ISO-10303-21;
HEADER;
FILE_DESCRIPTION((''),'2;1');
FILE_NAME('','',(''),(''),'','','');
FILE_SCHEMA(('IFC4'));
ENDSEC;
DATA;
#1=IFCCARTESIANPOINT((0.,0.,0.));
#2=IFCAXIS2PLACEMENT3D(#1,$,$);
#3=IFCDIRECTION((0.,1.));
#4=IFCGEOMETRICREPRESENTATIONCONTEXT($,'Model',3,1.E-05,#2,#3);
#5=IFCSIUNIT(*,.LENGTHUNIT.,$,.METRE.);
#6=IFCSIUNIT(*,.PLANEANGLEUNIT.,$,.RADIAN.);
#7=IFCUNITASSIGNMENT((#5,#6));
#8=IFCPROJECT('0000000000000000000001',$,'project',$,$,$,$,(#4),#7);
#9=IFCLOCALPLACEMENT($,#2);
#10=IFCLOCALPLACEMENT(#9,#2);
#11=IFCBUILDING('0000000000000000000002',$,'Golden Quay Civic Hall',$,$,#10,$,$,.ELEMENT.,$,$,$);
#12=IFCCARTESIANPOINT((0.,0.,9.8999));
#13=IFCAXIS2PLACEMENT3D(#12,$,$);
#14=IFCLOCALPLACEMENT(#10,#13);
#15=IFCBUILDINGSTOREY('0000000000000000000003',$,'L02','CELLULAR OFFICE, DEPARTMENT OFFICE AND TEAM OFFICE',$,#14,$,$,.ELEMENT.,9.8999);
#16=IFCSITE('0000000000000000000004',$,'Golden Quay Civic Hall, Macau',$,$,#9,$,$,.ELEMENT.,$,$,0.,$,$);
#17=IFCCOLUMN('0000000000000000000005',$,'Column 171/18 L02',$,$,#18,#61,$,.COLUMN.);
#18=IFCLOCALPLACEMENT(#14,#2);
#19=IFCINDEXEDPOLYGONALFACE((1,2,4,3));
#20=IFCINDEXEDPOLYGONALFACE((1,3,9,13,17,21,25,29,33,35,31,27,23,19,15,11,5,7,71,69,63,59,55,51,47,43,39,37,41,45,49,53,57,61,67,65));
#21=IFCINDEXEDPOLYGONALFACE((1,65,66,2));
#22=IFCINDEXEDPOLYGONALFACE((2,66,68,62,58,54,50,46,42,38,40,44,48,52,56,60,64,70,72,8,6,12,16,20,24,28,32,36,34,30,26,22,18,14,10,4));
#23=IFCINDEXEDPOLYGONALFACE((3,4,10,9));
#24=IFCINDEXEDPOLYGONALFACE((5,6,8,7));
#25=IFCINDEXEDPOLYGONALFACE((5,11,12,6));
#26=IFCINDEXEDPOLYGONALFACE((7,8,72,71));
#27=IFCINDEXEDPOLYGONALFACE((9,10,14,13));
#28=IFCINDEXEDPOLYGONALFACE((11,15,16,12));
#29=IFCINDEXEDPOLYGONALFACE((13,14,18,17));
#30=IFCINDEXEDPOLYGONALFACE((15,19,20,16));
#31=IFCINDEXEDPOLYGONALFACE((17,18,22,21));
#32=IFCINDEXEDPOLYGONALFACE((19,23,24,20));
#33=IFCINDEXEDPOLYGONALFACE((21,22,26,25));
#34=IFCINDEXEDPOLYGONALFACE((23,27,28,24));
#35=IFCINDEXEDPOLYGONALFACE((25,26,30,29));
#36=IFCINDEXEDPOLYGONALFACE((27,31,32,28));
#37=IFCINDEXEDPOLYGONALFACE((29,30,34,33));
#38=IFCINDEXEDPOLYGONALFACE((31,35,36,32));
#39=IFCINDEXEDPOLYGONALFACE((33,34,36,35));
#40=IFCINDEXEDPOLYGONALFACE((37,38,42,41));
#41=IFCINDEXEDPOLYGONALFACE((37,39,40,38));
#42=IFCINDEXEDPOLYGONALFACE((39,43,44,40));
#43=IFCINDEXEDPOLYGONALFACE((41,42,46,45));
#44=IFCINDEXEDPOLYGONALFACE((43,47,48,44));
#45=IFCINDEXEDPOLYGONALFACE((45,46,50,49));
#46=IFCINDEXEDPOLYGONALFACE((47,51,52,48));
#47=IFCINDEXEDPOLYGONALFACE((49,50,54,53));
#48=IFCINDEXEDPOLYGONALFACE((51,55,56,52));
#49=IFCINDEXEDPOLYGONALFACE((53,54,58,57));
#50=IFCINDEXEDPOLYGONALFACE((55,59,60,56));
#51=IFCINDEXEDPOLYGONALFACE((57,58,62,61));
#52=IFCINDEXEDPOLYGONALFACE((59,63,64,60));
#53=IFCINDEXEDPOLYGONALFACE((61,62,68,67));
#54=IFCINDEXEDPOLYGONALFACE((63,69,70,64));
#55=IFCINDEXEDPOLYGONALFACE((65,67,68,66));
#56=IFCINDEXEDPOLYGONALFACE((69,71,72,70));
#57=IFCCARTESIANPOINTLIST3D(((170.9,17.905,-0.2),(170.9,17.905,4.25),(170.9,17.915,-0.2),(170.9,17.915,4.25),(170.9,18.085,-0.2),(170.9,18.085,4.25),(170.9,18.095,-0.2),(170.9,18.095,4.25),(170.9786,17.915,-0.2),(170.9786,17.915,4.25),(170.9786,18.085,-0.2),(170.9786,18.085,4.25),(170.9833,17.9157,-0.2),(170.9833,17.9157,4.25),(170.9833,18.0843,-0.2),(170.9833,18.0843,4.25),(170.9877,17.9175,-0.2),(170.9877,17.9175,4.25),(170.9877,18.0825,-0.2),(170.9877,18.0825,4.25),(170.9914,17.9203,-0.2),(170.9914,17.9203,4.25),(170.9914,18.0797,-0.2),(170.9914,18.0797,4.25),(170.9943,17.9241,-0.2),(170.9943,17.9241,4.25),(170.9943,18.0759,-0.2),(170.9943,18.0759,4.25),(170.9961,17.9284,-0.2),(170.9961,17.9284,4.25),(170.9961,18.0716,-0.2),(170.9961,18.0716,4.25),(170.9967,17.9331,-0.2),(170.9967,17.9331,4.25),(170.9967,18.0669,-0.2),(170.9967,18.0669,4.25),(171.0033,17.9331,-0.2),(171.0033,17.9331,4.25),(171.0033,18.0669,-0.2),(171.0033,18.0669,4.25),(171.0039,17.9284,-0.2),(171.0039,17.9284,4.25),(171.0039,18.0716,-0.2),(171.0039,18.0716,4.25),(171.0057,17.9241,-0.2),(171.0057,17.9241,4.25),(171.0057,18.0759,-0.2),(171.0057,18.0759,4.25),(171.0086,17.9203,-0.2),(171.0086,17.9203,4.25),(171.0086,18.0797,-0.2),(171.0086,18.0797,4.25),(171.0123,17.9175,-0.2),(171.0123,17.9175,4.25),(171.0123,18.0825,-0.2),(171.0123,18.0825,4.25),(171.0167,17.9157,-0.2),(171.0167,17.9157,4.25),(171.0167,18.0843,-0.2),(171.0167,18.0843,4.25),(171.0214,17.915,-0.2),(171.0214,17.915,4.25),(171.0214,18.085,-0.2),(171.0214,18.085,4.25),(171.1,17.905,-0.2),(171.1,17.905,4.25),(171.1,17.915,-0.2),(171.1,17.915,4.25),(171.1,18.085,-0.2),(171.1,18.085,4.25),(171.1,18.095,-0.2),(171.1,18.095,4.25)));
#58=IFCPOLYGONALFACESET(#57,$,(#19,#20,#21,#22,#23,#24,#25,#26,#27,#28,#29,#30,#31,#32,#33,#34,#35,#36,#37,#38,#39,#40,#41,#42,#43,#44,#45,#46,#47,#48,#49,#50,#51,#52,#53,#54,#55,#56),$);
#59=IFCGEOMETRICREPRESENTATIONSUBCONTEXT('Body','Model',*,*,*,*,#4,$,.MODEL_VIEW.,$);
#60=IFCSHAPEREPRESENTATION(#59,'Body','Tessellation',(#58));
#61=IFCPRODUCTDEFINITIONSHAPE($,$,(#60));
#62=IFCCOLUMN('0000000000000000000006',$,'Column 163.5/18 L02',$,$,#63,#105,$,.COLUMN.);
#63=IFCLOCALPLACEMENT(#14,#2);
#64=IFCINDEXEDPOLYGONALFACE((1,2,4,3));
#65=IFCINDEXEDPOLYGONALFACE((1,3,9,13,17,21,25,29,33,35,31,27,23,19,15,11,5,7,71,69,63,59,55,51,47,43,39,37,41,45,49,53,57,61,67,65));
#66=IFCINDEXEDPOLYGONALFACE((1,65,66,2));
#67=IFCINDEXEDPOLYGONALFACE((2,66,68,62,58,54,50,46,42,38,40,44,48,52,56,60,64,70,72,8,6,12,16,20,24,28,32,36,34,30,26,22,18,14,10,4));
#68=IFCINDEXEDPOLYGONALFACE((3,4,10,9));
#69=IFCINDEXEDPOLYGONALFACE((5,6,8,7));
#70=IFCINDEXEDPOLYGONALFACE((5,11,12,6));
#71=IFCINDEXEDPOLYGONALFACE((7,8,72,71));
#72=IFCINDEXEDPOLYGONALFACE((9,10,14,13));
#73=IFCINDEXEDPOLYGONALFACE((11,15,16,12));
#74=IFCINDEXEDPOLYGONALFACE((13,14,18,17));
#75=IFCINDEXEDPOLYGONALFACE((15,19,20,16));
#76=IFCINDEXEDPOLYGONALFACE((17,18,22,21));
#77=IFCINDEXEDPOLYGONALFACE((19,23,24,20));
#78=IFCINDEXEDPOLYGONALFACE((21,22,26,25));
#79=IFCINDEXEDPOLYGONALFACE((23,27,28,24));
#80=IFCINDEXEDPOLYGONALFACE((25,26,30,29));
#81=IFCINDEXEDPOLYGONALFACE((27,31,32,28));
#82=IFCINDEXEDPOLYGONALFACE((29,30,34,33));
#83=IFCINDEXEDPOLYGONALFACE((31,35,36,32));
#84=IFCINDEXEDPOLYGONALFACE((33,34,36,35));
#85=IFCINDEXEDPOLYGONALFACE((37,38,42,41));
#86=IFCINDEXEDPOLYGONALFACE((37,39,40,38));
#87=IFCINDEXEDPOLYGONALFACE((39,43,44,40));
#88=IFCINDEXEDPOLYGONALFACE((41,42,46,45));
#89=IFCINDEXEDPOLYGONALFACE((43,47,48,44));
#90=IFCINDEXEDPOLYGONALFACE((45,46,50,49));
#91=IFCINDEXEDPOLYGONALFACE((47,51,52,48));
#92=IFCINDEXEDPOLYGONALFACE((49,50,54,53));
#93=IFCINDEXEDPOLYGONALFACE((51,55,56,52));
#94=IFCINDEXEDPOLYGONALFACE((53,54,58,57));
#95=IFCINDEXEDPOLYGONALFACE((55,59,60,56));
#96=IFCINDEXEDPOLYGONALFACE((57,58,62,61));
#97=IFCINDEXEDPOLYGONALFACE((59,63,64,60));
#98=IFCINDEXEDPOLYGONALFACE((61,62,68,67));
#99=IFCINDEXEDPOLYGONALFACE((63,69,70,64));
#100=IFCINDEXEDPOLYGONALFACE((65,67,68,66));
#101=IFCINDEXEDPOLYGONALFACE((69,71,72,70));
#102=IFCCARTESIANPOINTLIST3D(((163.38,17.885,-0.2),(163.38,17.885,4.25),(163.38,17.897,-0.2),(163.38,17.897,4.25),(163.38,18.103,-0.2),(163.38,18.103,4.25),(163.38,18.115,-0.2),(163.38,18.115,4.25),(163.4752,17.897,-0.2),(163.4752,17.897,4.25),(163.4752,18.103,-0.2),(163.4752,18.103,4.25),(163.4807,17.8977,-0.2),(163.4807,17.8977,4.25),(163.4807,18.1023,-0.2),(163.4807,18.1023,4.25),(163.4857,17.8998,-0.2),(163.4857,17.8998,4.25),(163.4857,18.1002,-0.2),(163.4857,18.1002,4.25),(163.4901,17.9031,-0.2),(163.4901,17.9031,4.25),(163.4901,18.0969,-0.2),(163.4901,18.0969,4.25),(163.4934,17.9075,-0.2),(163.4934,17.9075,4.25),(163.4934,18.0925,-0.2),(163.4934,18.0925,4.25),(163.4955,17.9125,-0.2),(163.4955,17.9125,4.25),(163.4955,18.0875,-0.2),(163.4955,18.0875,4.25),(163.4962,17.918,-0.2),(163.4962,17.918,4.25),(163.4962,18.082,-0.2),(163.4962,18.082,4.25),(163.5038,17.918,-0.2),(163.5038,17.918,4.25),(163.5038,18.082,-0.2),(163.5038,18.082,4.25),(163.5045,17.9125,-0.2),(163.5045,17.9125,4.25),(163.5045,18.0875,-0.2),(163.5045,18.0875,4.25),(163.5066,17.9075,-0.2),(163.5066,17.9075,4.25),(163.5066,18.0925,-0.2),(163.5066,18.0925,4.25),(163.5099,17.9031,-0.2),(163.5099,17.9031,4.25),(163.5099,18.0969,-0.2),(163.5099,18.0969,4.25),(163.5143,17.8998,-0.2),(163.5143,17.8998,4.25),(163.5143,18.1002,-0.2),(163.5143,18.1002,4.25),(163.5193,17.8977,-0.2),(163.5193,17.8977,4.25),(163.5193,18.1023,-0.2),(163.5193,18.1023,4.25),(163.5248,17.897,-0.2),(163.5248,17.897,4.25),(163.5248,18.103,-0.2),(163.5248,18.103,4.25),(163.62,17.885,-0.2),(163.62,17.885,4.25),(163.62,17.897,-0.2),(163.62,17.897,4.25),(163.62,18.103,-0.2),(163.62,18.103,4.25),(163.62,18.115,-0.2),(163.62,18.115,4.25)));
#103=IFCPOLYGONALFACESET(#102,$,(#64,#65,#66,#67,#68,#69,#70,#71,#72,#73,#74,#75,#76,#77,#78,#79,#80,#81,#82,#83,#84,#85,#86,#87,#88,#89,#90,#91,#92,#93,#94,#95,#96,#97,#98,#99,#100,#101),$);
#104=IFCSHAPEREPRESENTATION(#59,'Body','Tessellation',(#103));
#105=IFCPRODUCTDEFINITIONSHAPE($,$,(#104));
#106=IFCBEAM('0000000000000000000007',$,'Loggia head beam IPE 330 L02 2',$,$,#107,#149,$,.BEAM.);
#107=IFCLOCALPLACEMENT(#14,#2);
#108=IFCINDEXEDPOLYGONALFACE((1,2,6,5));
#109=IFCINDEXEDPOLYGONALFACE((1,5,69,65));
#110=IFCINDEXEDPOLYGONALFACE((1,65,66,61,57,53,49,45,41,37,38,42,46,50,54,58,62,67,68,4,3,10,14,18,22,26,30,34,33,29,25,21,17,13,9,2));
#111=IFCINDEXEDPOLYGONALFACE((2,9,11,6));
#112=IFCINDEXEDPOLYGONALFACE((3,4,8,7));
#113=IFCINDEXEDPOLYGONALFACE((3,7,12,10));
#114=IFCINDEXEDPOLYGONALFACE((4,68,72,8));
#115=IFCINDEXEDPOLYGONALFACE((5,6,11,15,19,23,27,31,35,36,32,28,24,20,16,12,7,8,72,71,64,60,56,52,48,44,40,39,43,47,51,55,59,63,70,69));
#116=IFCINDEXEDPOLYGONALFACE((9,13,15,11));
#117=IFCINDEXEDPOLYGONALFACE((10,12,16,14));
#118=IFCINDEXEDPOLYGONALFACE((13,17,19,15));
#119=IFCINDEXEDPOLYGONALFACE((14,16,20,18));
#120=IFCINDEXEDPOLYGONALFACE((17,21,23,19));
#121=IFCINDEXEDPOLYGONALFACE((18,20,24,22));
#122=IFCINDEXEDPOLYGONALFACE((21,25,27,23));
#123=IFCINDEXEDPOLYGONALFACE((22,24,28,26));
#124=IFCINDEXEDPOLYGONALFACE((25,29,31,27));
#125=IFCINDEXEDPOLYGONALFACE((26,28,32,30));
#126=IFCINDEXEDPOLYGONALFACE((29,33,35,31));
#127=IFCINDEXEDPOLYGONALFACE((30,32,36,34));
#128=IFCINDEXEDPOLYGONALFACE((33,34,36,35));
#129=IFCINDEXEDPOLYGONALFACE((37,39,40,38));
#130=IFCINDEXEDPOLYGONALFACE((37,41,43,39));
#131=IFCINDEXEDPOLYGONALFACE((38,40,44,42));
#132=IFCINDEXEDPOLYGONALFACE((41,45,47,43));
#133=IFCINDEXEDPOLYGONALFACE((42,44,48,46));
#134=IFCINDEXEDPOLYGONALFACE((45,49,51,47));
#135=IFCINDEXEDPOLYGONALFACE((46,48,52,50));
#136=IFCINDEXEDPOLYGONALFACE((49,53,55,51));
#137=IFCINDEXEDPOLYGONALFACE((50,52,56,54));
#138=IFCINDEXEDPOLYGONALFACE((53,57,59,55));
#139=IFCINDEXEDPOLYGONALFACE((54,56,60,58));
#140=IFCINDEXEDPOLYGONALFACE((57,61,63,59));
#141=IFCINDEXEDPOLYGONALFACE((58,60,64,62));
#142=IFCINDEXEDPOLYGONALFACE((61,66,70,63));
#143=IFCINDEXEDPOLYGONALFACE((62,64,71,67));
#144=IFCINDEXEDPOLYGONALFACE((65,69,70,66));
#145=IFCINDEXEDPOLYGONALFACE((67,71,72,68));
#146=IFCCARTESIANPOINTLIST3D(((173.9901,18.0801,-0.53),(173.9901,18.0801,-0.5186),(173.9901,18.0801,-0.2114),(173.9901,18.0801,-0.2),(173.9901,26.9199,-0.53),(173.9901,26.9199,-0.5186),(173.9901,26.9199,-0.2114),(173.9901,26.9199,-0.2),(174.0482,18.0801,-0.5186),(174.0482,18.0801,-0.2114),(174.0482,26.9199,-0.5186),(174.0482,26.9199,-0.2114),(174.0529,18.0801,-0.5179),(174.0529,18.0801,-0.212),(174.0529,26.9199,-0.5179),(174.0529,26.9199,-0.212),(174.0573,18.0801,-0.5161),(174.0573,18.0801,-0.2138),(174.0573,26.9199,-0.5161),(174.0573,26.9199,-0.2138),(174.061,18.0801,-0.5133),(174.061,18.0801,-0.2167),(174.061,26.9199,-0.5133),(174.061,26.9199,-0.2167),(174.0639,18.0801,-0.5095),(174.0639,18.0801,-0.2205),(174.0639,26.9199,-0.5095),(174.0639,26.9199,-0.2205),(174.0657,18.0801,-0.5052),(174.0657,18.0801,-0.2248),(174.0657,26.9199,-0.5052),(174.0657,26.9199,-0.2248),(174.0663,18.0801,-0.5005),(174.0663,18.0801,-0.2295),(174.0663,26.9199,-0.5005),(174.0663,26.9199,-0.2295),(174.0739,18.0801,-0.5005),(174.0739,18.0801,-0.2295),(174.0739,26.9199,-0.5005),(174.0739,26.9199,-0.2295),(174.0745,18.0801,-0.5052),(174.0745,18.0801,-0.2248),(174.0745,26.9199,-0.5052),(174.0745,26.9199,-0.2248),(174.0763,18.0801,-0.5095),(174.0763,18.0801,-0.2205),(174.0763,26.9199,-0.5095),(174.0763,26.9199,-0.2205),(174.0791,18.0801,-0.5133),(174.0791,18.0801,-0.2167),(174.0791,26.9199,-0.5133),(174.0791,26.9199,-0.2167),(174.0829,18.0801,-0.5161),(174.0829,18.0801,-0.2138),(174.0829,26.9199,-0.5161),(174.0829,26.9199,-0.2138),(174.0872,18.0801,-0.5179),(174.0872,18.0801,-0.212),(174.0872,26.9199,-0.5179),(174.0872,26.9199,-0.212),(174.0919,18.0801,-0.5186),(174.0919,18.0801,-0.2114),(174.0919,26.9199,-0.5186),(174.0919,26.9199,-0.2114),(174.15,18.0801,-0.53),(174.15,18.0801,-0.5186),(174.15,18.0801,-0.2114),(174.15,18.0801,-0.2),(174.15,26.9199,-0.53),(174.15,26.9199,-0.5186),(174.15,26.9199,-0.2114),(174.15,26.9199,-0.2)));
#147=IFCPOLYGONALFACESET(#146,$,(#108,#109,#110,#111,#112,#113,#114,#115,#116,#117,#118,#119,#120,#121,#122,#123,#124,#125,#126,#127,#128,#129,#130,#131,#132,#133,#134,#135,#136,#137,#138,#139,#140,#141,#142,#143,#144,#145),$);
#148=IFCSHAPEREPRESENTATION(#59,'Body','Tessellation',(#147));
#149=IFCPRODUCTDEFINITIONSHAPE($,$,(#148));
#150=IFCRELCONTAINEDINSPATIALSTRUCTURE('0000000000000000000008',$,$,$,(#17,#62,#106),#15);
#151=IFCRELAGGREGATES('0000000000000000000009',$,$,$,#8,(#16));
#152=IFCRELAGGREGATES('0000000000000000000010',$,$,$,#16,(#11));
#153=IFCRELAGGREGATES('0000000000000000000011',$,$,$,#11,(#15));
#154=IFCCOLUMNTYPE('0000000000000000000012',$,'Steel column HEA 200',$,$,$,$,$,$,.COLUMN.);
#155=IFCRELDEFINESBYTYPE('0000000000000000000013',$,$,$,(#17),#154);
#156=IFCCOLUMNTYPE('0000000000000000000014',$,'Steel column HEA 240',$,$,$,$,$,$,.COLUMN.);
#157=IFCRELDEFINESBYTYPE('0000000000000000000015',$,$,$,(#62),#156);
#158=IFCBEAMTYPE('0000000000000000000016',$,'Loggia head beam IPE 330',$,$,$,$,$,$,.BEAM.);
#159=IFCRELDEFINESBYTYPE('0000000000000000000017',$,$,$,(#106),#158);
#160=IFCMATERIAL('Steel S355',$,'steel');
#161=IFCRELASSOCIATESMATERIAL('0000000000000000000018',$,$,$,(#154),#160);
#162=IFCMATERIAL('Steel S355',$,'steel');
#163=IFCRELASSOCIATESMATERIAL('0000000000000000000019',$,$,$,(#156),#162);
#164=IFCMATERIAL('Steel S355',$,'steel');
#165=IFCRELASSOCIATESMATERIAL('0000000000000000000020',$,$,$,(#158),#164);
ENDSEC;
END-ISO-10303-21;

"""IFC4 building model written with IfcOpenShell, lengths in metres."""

from ifc_helpers import new_model, si_unit, direction, frame, origin, origin_2d, place, context, subcontext, project, spatial, i_section, extrude, material, material_profile, profile_set, type_object, element, save


model = new_model("IFC4")

# Units and contexts
model_context = context("Model", 3, precision=1e-05, world=origin(), true_north=direction((0.0, 1.0)))
body_context = subcontext(model_context, "Body", "Model", "MODEL_VIEW")
ifc_project = project(units=[si_unit("LENGTHUNIT", "METRE"), si_unit("PLANEANGLEUNIT", "RADIAN")], contexts=[model_context])

# Site, building, storey
site_placement = place(None, origin())
site = spatial("IfcSite", under=ifc_project, at=site_placement, Name="Golden Quay Civic Hall, Macau", CompositionType="ELEMENT", RefElevation=0.0)
building_placement = place(site_placement, origin())
building = spatial("IfcBuilding", under=site, at=building_placement, Name="Golden Quay Civic Hall", CompositionType="ELEMENT")
storey_placement = place(building_placement, frame((0.0, 0.0, 9.8999)))
storey = spatial("IfcBuildingStorey", under=building, at=storey_placement, Name="L02", Description="CELLULAR OFFICE, DEPARTMENT OFFICE AND TEAM OFFICE", CompositionType="ELEMENT", Elevation=9.8999)

# Columns
ifc_material_1 = material(Name="Steel S355", Category="steel")
ifc_material_profile_1 = material_profile(ifc_material_1, i_section(OverallWidth=0.2, OverallDepth=0.1899, WebThickness=0.0066, FlangeThickness=0.01, FilletRadius=0.0181, at=origin_2d()), Name="HEA 200")
ifc_profile_set_1 = profile_set([ifc_material_profile_1], Name="Steel S355")
column_type_1 = type_object("IfcColumnType", Name="Steel column HEA 200", PredefinedType="COLUMN", material=ifc_profile_set_1)
column_1_placement = place(storey_placement, frame((171.0, 18.0, -0.2), z_axis=(0.0, 0.0, 1.0), x_axis=(1.0, 0.0, 0.0)))
element("IfcColumn", 1, at=column_1_placement, inside=storey, type_object=column_type_1, Name="Column 171/18 L02", PredefinedType="COLUMN", context=body_context, shape_type="SweptSolid", body=[
    extrude(i_section(OverallWidth=0.2, OverallDepth=0.1899, WebThickness=0.0066, FlangeThickness=0.01, FilletRadius=0.0181, at=origin_2d()), origin(), (0.0, 0.0, 1.0), 4.45),
])
ifc_material_2 = material(Name="Steel S355", Category="steel")
ifc_material_profile_2 = material_profile(ifc_material_2, i_section(OverallWidth=0.24, OverallDepth=0.23, WebThickness=0.0076, FlangeThickness=0.012, FilletRadius=0.021, at=origin_2d()), Name="HEA 240")
ifc_profile_set_2 = profile_set([ifc_material_profile_2], Name="Steel S355")
column_type_2 = type_object("IfcColumnType", Name="Steel column HEA 240", PredefinedType="COLUMN", material=ifc_profile_set_2)
column_2_placement = place(storey_placement, frame((163.5, 18.0, -0.2), z_axis=(0.0, 0.0, 1.0), x_axis=(1.0, 0.0, 0.0)))
element("IfcColumn", 2, at=column_2_placement, inside=storey, type_object=column_type_2, Name="Column 163.5/18 L02", PredefinedType="COLUMN", context=body_context, shape_type="SweptSolid", body=[
    extrude(i_section(OverallWidth=0.24, OverallDepth=0.23, WebThickness=0.0076, FlangeThickness=0.012, FilletRadius=0.021, at=origin_2d()), origin(), (0.0, 0.0, 1.0), 4.45),
])

# Beam
ifc_material_3 = material(Name="Steel S355", Category="steel")
ifc_material_profile_3 = material_profile(ifc_material_3, i_section(OverallWidth=0.1599, OverallDepth=0.3301, WebThickness=0.0076, FlangeThickness=0.0115, FilletRadius=0.0181, at=origin_2d()), Name="IPE 330")
ifc_profile_set_3 = profile_set([ifc_material_profile_3], Name="Steel S355")
beam_type_1 = type_object("IfcBeamType", Name="Loggia head beam IPE 330", PredefinedType="BEAM", material=ifc_profile_set_3)
beam_1_placement = place(storey_placement, frame((174.0701, 18.0801, -0.365), z_axis=(0.0, 1.0, 0.0), x_axis=(-1.0, 0.0, 0.0)))
element("IfcBeam", 3, at=beam_1_placement, inside=storey, type_object=beam_type_1, Name="Loggia head beam IPE 330 L02 2", PredefinedType="BEAM", context=body_context, shape_type="SweptSolid", body=[
    extrude(i_section(OverallWidth=0.1599, OverallDepth=0.3301, WebThickness=0.0076, FlangeThickness=0.0115, FilletRadius=0.0181, at=origin_2d()), origin(), (0.0, 0.0, 1.0), 8.8398),
])

save(model, "model.ifc")
